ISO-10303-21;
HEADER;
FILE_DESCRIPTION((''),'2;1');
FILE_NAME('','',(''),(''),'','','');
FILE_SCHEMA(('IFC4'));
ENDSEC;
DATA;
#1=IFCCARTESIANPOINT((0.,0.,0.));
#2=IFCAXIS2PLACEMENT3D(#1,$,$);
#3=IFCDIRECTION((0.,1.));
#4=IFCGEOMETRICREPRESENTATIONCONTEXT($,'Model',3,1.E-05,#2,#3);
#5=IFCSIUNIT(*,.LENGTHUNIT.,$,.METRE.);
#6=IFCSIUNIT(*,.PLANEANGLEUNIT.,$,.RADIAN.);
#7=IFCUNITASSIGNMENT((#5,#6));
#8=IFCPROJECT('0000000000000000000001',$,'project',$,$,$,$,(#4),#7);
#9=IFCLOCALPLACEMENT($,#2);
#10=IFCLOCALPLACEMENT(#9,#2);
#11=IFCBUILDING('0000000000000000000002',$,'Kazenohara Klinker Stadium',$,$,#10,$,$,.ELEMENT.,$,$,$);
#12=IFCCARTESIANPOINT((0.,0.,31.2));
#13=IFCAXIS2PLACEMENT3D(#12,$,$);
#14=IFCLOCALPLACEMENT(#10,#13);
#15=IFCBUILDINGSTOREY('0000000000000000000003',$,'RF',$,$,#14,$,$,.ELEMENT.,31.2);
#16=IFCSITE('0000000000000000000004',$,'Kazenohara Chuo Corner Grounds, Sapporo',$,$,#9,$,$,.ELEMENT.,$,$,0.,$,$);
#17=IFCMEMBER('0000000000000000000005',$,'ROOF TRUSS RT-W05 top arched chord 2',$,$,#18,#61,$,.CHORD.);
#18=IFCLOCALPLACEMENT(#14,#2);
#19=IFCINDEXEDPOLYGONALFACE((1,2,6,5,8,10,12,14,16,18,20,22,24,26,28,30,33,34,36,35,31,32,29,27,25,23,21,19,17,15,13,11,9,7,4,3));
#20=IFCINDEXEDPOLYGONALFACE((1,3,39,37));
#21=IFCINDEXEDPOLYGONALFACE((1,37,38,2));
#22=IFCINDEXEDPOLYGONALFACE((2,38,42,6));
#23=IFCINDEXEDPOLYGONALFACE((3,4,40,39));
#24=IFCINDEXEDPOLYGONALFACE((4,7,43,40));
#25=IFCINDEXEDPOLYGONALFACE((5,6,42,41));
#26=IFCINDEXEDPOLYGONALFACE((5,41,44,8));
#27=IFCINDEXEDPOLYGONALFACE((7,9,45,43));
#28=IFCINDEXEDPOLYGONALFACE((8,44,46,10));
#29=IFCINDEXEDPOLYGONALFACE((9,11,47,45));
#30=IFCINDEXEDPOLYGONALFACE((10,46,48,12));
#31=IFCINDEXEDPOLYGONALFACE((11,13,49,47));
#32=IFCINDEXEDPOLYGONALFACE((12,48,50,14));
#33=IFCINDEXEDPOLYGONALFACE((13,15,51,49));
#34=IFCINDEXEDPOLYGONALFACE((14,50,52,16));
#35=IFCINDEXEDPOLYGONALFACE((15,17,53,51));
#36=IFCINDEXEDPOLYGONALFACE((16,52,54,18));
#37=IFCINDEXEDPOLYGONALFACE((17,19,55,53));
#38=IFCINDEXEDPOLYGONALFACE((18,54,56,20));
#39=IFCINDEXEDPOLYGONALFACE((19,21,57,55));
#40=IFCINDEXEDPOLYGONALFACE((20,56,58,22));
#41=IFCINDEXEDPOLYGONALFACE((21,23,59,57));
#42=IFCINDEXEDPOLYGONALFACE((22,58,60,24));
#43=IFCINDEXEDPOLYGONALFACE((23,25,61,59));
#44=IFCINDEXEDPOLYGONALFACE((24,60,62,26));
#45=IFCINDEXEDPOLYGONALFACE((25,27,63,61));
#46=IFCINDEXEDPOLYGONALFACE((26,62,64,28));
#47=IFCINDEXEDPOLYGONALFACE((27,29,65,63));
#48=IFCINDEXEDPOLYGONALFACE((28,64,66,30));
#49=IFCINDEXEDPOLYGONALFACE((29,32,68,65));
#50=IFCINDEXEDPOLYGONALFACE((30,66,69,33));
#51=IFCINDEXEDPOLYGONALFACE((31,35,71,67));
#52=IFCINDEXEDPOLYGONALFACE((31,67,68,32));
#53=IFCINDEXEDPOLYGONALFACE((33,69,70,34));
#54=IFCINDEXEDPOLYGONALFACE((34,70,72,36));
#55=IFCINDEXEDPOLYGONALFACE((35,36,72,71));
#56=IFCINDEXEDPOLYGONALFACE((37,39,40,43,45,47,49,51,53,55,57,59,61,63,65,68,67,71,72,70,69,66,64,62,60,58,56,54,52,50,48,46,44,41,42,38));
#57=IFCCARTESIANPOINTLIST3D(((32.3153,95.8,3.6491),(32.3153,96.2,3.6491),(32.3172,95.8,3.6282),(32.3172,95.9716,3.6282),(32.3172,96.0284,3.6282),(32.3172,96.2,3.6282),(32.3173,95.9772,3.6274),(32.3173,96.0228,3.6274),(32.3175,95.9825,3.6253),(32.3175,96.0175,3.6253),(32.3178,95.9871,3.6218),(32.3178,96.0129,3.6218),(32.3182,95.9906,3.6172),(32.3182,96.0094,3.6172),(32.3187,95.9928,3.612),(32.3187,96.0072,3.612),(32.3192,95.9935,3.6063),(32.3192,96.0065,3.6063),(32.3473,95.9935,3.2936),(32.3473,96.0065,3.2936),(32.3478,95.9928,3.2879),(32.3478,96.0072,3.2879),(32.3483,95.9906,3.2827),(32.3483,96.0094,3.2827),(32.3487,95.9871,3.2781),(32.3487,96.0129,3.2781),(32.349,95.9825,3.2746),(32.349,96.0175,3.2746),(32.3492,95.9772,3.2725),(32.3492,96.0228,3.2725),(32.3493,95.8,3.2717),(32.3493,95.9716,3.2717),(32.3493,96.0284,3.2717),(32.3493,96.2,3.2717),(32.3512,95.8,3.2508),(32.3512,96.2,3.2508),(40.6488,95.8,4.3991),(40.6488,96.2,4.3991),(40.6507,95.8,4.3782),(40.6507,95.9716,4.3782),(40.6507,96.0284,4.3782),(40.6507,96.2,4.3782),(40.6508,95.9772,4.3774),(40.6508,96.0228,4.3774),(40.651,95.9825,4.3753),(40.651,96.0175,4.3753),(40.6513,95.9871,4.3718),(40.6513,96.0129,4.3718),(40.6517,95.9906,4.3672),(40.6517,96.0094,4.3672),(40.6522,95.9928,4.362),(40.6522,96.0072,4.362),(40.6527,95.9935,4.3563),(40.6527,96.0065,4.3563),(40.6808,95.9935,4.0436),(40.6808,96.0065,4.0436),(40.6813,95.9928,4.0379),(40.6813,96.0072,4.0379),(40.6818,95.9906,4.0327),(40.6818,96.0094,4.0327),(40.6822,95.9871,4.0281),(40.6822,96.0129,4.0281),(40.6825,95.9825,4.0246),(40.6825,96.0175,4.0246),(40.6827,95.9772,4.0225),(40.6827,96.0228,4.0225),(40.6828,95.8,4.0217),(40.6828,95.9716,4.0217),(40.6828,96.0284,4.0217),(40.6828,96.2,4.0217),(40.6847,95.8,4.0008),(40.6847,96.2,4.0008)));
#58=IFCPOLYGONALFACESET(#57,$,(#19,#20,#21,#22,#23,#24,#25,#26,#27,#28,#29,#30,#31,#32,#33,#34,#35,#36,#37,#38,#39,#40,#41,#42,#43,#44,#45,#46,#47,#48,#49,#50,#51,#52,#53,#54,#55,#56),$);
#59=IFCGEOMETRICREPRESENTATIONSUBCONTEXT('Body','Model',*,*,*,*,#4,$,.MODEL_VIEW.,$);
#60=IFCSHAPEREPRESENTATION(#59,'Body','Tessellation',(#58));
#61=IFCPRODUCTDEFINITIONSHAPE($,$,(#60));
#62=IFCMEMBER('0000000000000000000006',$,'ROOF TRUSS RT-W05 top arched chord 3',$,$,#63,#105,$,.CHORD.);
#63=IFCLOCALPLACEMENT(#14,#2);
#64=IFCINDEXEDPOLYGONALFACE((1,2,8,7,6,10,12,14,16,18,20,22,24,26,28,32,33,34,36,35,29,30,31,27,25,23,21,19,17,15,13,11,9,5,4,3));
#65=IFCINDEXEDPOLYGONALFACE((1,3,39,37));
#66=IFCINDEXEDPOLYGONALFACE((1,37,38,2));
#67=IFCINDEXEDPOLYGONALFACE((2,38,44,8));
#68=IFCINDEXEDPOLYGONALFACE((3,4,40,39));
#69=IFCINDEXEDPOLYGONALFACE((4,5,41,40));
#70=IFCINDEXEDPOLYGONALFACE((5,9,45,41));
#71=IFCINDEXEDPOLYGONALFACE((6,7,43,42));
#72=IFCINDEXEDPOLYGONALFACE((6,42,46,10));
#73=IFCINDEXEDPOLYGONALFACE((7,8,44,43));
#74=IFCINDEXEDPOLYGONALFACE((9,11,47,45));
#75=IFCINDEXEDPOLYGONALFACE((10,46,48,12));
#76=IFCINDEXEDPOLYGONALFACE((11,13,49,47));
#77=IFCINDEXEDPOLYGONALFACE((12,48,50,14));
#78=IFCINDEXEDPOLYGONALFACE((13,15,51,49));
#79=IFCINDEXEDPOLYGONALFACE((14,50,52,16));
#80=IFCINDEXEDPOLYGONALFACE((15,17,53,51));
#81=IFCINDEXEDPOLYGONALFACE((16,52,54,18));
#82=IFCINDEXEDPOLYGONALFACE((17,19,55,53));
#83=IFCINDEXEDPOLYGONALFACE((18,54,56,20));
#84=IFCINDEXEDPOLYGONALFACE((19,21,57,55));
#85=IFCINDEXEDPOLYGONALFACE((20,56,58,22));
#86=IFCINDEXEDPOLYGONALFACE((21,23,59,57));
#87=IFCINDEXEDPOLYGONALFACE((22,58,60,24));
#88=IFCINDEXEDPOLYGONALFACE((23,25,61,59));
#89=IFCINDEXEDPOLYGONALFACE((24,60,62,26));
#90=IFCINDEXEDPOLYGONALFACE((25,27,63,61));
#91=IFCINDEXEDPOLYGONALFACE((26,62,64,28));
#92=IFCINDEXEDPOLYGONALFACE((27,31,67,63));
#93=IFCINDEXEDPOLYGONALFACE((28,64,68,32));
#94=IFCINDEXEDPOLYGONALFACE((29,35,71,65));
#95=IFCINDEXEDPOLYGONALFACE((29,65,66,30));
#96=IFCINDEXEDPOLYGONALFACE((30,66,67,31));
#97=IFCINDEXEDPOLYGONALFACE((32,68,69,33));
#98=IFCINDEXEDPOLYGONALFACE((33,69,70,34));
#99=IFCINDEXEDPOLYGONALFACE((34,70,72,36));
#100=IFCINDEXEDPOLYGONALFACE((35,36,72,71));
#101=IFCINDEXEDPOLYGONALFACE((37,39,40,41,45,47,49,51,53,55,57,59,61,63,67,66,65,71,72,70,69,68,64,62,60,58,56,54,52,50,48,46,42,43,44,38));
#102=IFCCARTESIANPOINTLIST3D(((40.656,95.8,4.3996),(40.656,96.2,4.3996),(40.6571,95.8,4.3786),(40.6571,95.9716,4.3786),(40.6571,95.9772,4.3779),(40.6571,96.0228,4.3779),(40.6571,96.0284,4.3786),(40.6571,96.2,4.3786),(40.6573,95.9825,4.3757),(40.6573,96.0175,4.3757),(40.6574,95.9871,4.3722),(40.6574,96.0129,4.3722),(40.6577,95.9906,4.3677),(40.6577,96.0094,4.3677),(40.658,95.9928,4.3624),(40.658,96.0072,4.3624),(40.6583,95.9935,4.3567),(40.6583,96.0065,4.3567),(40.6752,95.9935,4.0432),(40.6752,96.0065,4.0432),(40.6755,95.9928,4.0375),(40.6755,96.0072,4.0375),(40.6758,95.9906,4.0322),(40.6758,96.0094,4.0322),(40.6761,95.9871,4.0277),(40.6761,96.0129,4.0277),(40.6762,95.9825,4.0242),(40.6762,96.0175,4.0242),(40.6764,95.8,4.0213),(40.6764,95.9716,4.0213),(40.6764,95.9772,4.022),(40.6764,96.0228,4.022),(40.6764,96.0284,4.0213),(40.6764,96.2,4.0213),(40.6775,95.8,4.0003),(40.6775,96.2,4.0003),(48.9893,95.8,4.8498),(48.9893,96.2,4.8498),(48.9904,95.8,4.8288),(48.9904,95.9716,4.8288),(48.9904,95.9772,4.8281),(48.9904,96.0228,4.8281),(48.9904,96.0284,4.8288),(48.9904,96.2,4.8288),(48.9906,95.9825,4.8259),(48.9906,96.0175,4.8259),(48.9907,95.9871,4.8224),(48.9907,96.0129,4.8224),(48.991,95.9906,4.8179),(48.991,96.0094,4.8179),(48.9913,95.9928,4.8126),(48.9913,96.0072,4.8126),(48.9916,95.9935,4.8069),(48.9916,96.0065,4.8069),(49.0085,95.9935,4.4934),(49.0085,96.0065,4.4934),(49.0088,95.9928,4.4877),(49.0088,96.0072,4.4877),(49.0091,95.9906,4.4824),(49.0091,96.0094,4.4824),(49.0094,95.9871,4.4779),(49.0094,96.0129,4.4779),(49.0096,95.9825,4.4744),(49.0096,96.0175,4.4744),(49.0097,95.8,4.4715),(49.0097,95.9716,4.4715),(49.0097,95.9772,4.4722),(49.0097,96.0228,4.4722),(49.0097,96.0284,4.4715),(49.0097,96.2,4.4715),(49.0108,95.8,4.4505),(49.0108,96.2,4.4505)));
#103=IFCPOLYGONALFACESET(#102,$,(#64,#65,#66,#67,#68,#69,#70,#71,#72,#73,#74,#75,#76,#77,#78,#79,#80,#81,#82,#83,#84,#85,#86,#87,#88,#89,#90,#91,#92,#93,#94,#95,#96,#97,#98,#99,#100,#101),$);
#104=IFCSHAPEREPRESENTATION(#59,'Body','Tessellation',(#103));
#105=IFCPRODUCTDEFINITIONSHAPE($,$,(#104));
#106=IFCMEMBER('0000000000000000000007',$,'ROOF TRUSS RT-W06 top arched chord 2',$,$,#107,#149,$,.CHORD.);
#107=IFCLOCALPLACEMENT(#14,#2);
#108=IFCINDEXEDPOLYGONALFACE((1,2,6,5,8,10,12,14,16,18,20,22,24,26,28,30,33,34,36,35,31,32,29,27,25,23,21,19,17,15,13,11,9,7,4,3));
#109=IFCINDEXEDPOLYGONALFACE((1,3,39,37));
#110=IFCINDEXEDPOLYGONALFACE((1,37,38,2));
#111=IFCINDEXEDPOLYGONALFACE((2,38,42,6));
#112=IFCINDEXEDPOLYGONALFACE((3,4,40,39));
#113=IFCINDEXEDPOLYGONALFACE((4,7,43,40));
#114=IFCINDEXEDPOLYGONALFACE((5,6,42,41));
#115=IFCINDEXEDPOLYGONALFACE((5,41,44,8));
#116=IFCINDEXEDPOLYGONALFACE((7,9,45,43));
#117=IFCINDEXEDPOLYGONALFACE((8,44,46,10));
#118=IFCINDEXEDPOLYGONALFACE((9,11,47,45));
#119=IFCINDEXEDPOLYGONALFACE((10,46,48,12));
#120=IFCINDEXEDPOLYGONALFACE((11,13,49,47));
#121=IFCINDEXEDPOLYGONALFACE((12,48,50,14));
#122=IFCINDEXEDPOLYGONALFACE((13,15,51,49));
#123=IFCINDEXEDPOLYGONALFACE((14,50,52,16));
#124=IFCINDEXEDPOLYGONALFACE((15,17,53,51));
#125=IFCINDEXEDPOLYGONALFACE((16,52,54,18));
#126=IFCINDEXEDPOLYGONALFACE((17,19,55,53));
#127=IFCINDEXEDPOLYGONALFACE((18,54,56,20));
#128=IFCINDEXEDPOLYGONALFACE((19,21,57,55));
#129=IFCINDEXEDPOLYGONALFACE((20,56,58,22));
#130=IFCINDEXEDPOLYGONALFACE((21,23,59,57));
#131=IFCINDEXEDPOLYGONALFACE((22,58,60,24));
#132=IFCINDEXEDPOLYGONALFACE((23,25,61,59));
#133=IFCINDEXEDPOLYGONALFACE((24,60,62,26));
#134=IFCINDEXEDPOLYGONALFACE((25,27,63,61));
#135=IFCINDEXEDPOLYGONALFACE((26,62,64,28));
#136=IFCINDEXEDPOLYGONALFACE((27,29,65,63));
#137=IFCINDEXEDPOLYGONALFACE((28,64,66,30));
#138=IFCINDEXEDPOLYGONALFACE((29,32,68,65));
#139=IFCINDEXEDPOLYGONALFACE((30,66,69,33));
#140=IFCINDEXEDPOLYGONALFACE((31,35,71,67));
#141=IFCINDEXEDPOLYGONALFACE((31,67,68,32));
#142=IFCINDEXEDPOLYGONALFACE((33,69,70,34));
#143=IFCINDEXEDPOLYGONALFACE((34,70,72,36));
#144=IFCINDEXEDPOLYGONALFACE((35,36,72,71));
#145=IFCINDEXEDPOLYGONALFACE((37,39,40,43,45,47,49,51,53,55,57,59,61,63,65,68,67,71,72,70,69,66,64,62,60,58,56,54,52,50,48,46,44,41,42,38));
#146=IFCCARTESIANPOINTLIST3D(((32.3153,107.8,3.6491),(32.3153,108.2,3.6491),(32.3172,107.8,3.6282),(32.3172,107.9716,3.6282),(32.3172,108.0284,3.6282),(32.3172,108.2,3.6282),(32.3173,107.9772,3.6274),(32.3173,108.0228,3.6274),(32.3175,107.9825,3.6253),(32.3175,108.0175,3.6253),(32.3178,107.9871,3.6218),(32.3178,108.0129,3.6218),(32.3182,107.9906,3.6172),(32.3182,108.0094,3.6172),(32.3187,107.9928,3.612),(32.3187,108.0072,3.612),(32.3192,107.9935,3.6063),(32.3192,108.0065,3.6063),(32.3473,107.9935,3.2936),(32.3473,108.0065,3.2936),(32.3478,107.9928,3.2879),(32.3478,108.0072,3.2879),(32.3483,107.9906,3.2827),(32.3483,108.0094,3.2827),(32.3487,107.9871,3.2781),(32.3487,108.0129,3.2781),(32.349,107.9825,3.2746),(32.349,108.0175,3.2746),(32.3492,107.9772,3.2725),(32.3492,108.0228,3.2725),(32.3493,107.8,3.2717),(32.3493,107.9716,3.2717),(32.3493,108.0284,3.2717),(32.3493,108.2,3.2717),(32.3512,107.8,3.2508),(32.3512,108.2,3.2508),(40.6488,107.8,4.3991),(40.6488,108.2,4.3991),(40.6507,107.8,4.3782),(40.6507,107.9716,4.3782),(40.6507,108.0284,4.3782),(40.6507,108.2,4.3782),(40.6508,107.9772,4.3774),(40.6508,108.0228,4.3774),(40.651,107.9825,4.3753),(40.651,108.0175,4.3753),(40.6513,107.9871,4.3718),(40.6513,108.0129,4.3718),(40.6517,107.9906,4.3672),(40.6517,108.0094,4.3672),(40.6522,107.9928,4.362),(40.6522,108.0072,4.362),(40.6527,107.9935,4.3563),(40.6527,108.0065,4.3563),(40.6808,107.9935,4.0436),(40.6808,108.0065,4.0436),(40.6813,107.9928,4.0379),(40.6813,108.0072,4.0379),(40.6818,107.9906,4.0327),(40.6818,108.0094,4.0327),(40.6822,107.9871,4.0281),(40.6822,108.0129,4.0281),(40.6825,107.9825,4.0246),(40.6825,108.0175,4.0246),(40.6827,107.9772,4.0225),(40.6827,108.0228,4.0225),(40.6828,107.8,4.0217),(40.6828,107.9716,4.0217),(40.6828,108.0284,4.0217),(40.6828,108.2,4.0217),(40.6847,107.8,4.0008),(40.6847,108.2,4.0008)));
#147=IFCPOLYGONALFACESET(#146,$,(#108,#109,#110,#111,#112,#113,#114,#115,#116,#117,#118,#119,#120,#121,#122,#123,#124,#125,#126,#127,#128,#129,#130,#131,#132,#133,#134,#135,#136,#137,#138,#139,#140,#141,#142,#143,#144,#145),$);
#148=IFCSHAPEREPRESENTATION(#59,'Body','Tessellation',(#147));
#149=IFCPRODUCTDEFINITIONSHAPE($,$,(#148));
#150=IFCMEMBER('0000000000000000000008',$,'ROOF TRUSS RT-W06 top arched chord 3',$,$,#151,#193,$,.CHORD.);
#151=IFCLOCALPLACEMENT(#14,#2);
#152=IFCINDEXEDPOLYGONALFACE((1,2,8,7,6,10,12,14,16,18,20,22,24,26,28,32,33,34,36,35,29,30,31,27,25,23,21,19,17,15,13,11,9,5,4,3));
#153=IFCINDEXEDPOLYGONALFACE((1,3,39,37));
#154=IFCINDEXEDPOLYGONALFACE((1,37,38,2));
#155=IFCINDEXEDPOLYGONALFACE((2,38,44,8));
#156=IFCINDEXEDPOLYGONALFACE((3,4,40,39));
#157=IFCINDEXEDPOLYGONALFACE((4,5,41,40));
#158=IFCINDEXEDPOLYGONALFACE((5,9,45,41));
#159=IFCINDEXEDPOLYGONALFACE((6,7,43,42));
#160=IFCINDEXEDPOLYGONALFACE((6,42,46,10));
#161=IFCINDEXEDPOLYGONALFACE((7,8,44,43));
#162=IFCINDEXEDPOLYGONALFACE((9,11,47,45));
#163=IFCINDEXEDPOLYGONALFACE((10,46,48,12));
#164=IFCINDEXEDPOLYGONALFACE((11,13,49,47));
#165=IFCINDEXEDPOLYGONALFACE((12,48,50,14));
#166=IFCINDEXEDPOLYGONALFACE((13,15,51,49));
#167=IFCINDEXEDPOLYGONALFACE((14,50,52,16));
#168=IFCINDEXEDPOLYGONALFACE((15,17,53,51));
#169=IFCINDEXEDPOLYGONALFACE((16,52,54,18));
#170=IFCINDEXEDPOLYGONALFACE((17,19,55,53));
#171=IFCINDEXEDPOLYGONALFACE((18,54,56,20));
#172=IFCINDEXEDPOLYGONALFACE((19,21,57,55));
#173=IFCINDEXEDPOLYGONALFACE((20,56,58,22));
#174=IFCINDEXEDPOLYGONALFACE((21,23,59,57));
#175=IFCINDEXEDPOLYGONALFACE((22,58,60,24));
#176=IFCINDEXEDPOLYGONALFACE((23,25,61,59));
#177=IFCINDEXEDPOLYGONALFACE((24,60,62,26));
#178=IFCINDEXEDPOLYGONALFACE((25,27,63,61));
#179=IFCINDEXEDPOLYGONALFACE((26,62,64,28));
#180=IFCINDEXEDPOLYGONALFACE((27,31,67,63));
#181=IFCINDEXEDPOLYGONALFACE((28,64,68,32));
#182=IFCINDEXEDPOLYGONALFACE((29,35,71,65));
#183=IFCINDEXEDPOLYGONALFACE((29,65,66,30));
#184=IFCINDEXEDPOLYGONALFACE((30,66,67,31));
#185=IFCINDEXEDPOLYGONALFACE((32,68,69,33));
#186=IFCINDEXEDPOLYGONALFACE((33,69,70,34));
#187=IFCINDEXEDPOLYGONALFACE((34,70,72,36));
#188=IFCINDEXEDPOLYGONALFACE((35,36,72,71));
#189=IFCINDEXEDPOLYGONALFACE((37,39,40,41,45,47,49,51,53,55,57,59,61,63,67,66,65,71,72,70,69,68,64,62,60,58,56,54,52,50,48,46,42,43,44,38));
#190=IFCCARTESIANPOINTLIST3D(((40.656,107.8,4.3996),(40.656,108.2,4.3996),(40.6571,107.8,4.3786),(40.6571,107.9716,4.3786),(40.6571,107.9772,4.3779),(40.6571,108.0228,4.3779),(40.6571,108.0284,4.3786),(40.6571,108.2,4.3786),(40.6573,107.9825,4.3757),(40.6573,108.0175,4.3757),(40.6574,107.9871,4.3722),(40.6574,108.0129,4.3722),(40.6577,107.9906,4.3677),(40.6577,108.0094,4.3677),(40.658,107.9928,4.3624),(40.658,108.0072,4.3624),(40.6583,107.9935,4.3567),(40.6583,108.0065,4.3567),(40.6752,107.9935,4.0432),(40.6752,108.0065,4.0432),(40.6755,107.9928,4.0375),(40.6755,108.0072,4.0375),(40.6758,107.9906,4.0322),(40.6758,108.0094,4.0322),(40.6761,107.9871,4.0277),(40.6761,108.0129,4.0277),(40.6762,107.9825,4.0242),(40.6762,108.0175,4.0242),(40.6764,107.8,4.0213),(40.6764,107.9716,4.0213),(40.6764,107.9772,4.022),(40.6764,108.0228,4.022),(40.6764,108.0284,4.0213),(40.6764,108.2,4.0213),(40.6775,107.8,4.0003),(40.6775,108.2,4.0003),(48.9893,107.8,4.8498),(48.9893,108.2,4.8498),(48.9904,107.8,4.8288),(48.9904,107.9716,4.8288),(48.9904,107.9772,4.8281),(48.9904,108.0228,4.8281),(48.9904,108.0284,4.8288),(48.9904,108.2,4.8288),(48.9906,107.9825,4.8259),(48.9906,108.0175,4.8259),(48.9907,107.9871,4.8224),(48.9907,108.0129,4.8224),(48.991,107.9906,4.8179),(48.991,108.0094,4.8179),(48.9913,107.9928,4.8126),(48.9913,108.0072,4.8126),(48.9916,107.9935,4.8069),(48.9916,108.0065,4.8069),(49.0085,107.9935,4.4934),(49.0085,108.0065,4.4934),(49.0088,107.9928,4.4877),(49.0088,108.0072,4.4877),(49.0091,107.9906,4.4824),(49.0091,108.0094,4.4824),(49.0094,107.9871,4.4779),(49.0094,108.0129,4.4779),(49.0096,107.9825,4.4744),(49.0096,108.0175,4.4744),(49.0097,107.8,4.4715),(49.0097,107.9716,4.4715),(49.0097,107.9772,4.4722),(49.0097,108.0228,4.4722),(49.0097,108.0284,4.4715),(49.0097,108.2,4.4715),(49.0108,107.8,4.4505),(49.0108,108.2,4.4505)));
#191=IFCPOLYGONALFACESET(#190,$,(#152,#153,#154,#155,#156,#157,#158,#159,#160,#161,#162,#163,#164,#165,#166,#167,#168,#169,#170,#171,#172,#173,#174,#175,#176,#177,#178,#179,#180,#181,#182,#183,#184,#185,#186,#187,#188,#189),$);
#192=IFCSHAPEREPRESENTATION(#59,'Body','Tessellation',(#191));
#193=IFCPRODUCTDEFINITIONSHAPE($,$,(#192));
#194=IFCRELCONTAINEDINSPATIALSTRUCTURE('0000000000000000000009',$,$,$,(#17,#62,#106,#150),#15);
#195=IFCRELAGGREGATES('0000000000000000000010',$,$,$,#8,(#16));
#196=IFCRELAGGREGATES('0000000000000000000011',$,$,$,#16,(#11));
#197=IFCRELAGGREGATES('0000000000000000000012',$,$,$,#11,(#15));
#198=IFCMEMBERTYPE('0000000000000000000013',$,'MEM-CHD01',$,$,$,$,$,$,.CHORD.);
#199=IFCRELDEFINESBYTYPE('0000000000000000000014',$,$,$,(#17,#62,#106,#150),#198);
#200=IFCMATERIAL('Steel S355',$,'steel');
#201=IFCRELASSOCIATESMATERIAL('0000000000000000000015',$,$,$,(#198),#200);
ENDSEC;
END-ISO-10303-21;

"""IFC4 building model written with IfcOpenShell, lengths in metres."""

from ifc_helpers import new_model, si_unit, direction, frame, origin, origin_2d, place, context, subcontext, project, spatial, i_section, extrude, material, material_profile, profile_set, type_object, element, save


model = new_model("IFC4")

# Units and contexts
model_context = context("Model", 3, precision=1e-05, world=origin(), true_north=direction((0.0, 1.0)))
body_context = subcontext(model_context, "Body", "Model", "MODEL_VIEW")
ifc_project = project(units=[si_unit("LENGTHUNIT", "METRE"), si_unit("PLANEANGLEUNIT", "RADIAN")], contexts=[model_context])

# Site, building, storey
site_placement = place(None, origin())
site = spatial("IfcSite", under=ifc_project, at=site_placement, Name="Kazenohara Chuo Corner Grounds, Sapporo", CompositionType="ELEMENT", RefElevation=0.0)
building_placement = place(site_placement, origin())
building = spatial("IfcBuilding", under=site, at=building_placement, Name="Kazenohara Klinker Stadium", CompositionType="ELEMENT")
storey_placement = place(building_placement, frame((0.0, 0.0, 31.2)))
storey = spatial("IfcBuildingStorey", under=building, at=storey_placement, Name="RF", CompositionType="ELEMENT", Elevation=31.2)

# Members
ifc_material_1 = material(Name="Steel S355", Category="steel")
ifc_material_profile_1 = material_profile(ifc_material_1, i_section(OverallWidth=0.3999, OverallDepth=0.3999, WebThickness=0.0129, FlangeThickness=0.021, FilletRadius=0.022, at=origin_2d()), Name="H-400x400x13x21")
ifc_profile_set_1 = profile_set([ifc_material_profile_1], Name="Steel S355")
member_type_1 = type_object("IfcMemberType", Name="MEM-CHD01", PredefinedType="CHORD", material=ifc_profile_set_1)
member_1_placement = place(storey_placement, frame((32.3333, 96.0, 3.45), z_axis=(0.995975, 0.0, 0.089636), x_axis=(0.0, 1.0, 0.0)))
element("IfcMember", 1, at=member_1_placement, inside=storey, type_object=member_type_1, Name="ROOF TRUSS RT-W05 top arched chord 2", PredefinedType="CHORD", context=body_context, shape_type="SweptSolid", body=[
    extrude(i_section(OverallWidth=0.3999, OverallDepth=0.3999, WebThickness=0.0129, FlangeThickness=0.021, FilletRadius=0.022, at=origin_2d()), origin(), (0.0, 0.0, 1.0), 8.3672),
])
member_2_placement = place(storey_placement, frame((40.6667, 96.0, 4.2), z_axis=(0.998544, 0.0, 0.053945), x_axis=(0.0, 1.0, 0.0)))
element("IfcMember", 2, at=member_2_placement, inside=storey, type_object=member_type_1, Name="ROOF TRUSS RT-W05 top arched chord 3", PredefinedType="CHORD", context=body_context, shape_type="SweptSolid", body=[
    extrude(i_section(OverallWidth=0.3999, OverallDepth=0.3999, WebThickness=0.0129, FlangeThickness=0.021, FilletRadius=0.022, at=origin_2d()), origin(), (0.0, 0.0, 1.0), 8.3455),
])
member_3_placement = place(storey_placement, frame((32.3333, 108.0, 3.45), z_axis=(0.995975, 0.0, 0.089636), x_axis=(0.0, 1.0, 0.0)))
element("IfcMember", 3, at=member_3_placement, inside=storey, type_object=member_type_1, Name="ROOF TRUSS RT-W06 top arched chord 2", PredefinedType="CHORD", context=body_context, shape_type="SweptSolid", body=[
    extrude(i_section(OverallWidth=0.3999, OverallDepth=0.3999, WebThickness=0.0129, FlangeThickness=0.021, FilletRadius=0.022, at=origin_2d()), origin(), (0.0, 0.0, 1.0), 8.3672),
])
member_4_placement = place(storey_placement, frame((40.6667, 108.0, 4.2), z_axis=(0.998544, 0.0, 0.053945), x_axis=(0.0, 1.0, 0.0)))
element("IfcMember", 4, at=member_4_placement, inside=storey, type_object=member_type_1, Name="ROOF TRUSS RT-W06 top arched chord 3", PredefinedType="CHORD", context=body_context, shape_type="SweptSolid", body=[
    extrude(i_section(OverallWidth=0.3999, OverallDepth=0.3999, WebThickness=0.0129, FlangeThickness=0.021, FilletRadius=0.022, at=origin_2d()), origin(), (0.0, 0.0, 1.0), 8.3455),
])

save(model, "model.ifc")
